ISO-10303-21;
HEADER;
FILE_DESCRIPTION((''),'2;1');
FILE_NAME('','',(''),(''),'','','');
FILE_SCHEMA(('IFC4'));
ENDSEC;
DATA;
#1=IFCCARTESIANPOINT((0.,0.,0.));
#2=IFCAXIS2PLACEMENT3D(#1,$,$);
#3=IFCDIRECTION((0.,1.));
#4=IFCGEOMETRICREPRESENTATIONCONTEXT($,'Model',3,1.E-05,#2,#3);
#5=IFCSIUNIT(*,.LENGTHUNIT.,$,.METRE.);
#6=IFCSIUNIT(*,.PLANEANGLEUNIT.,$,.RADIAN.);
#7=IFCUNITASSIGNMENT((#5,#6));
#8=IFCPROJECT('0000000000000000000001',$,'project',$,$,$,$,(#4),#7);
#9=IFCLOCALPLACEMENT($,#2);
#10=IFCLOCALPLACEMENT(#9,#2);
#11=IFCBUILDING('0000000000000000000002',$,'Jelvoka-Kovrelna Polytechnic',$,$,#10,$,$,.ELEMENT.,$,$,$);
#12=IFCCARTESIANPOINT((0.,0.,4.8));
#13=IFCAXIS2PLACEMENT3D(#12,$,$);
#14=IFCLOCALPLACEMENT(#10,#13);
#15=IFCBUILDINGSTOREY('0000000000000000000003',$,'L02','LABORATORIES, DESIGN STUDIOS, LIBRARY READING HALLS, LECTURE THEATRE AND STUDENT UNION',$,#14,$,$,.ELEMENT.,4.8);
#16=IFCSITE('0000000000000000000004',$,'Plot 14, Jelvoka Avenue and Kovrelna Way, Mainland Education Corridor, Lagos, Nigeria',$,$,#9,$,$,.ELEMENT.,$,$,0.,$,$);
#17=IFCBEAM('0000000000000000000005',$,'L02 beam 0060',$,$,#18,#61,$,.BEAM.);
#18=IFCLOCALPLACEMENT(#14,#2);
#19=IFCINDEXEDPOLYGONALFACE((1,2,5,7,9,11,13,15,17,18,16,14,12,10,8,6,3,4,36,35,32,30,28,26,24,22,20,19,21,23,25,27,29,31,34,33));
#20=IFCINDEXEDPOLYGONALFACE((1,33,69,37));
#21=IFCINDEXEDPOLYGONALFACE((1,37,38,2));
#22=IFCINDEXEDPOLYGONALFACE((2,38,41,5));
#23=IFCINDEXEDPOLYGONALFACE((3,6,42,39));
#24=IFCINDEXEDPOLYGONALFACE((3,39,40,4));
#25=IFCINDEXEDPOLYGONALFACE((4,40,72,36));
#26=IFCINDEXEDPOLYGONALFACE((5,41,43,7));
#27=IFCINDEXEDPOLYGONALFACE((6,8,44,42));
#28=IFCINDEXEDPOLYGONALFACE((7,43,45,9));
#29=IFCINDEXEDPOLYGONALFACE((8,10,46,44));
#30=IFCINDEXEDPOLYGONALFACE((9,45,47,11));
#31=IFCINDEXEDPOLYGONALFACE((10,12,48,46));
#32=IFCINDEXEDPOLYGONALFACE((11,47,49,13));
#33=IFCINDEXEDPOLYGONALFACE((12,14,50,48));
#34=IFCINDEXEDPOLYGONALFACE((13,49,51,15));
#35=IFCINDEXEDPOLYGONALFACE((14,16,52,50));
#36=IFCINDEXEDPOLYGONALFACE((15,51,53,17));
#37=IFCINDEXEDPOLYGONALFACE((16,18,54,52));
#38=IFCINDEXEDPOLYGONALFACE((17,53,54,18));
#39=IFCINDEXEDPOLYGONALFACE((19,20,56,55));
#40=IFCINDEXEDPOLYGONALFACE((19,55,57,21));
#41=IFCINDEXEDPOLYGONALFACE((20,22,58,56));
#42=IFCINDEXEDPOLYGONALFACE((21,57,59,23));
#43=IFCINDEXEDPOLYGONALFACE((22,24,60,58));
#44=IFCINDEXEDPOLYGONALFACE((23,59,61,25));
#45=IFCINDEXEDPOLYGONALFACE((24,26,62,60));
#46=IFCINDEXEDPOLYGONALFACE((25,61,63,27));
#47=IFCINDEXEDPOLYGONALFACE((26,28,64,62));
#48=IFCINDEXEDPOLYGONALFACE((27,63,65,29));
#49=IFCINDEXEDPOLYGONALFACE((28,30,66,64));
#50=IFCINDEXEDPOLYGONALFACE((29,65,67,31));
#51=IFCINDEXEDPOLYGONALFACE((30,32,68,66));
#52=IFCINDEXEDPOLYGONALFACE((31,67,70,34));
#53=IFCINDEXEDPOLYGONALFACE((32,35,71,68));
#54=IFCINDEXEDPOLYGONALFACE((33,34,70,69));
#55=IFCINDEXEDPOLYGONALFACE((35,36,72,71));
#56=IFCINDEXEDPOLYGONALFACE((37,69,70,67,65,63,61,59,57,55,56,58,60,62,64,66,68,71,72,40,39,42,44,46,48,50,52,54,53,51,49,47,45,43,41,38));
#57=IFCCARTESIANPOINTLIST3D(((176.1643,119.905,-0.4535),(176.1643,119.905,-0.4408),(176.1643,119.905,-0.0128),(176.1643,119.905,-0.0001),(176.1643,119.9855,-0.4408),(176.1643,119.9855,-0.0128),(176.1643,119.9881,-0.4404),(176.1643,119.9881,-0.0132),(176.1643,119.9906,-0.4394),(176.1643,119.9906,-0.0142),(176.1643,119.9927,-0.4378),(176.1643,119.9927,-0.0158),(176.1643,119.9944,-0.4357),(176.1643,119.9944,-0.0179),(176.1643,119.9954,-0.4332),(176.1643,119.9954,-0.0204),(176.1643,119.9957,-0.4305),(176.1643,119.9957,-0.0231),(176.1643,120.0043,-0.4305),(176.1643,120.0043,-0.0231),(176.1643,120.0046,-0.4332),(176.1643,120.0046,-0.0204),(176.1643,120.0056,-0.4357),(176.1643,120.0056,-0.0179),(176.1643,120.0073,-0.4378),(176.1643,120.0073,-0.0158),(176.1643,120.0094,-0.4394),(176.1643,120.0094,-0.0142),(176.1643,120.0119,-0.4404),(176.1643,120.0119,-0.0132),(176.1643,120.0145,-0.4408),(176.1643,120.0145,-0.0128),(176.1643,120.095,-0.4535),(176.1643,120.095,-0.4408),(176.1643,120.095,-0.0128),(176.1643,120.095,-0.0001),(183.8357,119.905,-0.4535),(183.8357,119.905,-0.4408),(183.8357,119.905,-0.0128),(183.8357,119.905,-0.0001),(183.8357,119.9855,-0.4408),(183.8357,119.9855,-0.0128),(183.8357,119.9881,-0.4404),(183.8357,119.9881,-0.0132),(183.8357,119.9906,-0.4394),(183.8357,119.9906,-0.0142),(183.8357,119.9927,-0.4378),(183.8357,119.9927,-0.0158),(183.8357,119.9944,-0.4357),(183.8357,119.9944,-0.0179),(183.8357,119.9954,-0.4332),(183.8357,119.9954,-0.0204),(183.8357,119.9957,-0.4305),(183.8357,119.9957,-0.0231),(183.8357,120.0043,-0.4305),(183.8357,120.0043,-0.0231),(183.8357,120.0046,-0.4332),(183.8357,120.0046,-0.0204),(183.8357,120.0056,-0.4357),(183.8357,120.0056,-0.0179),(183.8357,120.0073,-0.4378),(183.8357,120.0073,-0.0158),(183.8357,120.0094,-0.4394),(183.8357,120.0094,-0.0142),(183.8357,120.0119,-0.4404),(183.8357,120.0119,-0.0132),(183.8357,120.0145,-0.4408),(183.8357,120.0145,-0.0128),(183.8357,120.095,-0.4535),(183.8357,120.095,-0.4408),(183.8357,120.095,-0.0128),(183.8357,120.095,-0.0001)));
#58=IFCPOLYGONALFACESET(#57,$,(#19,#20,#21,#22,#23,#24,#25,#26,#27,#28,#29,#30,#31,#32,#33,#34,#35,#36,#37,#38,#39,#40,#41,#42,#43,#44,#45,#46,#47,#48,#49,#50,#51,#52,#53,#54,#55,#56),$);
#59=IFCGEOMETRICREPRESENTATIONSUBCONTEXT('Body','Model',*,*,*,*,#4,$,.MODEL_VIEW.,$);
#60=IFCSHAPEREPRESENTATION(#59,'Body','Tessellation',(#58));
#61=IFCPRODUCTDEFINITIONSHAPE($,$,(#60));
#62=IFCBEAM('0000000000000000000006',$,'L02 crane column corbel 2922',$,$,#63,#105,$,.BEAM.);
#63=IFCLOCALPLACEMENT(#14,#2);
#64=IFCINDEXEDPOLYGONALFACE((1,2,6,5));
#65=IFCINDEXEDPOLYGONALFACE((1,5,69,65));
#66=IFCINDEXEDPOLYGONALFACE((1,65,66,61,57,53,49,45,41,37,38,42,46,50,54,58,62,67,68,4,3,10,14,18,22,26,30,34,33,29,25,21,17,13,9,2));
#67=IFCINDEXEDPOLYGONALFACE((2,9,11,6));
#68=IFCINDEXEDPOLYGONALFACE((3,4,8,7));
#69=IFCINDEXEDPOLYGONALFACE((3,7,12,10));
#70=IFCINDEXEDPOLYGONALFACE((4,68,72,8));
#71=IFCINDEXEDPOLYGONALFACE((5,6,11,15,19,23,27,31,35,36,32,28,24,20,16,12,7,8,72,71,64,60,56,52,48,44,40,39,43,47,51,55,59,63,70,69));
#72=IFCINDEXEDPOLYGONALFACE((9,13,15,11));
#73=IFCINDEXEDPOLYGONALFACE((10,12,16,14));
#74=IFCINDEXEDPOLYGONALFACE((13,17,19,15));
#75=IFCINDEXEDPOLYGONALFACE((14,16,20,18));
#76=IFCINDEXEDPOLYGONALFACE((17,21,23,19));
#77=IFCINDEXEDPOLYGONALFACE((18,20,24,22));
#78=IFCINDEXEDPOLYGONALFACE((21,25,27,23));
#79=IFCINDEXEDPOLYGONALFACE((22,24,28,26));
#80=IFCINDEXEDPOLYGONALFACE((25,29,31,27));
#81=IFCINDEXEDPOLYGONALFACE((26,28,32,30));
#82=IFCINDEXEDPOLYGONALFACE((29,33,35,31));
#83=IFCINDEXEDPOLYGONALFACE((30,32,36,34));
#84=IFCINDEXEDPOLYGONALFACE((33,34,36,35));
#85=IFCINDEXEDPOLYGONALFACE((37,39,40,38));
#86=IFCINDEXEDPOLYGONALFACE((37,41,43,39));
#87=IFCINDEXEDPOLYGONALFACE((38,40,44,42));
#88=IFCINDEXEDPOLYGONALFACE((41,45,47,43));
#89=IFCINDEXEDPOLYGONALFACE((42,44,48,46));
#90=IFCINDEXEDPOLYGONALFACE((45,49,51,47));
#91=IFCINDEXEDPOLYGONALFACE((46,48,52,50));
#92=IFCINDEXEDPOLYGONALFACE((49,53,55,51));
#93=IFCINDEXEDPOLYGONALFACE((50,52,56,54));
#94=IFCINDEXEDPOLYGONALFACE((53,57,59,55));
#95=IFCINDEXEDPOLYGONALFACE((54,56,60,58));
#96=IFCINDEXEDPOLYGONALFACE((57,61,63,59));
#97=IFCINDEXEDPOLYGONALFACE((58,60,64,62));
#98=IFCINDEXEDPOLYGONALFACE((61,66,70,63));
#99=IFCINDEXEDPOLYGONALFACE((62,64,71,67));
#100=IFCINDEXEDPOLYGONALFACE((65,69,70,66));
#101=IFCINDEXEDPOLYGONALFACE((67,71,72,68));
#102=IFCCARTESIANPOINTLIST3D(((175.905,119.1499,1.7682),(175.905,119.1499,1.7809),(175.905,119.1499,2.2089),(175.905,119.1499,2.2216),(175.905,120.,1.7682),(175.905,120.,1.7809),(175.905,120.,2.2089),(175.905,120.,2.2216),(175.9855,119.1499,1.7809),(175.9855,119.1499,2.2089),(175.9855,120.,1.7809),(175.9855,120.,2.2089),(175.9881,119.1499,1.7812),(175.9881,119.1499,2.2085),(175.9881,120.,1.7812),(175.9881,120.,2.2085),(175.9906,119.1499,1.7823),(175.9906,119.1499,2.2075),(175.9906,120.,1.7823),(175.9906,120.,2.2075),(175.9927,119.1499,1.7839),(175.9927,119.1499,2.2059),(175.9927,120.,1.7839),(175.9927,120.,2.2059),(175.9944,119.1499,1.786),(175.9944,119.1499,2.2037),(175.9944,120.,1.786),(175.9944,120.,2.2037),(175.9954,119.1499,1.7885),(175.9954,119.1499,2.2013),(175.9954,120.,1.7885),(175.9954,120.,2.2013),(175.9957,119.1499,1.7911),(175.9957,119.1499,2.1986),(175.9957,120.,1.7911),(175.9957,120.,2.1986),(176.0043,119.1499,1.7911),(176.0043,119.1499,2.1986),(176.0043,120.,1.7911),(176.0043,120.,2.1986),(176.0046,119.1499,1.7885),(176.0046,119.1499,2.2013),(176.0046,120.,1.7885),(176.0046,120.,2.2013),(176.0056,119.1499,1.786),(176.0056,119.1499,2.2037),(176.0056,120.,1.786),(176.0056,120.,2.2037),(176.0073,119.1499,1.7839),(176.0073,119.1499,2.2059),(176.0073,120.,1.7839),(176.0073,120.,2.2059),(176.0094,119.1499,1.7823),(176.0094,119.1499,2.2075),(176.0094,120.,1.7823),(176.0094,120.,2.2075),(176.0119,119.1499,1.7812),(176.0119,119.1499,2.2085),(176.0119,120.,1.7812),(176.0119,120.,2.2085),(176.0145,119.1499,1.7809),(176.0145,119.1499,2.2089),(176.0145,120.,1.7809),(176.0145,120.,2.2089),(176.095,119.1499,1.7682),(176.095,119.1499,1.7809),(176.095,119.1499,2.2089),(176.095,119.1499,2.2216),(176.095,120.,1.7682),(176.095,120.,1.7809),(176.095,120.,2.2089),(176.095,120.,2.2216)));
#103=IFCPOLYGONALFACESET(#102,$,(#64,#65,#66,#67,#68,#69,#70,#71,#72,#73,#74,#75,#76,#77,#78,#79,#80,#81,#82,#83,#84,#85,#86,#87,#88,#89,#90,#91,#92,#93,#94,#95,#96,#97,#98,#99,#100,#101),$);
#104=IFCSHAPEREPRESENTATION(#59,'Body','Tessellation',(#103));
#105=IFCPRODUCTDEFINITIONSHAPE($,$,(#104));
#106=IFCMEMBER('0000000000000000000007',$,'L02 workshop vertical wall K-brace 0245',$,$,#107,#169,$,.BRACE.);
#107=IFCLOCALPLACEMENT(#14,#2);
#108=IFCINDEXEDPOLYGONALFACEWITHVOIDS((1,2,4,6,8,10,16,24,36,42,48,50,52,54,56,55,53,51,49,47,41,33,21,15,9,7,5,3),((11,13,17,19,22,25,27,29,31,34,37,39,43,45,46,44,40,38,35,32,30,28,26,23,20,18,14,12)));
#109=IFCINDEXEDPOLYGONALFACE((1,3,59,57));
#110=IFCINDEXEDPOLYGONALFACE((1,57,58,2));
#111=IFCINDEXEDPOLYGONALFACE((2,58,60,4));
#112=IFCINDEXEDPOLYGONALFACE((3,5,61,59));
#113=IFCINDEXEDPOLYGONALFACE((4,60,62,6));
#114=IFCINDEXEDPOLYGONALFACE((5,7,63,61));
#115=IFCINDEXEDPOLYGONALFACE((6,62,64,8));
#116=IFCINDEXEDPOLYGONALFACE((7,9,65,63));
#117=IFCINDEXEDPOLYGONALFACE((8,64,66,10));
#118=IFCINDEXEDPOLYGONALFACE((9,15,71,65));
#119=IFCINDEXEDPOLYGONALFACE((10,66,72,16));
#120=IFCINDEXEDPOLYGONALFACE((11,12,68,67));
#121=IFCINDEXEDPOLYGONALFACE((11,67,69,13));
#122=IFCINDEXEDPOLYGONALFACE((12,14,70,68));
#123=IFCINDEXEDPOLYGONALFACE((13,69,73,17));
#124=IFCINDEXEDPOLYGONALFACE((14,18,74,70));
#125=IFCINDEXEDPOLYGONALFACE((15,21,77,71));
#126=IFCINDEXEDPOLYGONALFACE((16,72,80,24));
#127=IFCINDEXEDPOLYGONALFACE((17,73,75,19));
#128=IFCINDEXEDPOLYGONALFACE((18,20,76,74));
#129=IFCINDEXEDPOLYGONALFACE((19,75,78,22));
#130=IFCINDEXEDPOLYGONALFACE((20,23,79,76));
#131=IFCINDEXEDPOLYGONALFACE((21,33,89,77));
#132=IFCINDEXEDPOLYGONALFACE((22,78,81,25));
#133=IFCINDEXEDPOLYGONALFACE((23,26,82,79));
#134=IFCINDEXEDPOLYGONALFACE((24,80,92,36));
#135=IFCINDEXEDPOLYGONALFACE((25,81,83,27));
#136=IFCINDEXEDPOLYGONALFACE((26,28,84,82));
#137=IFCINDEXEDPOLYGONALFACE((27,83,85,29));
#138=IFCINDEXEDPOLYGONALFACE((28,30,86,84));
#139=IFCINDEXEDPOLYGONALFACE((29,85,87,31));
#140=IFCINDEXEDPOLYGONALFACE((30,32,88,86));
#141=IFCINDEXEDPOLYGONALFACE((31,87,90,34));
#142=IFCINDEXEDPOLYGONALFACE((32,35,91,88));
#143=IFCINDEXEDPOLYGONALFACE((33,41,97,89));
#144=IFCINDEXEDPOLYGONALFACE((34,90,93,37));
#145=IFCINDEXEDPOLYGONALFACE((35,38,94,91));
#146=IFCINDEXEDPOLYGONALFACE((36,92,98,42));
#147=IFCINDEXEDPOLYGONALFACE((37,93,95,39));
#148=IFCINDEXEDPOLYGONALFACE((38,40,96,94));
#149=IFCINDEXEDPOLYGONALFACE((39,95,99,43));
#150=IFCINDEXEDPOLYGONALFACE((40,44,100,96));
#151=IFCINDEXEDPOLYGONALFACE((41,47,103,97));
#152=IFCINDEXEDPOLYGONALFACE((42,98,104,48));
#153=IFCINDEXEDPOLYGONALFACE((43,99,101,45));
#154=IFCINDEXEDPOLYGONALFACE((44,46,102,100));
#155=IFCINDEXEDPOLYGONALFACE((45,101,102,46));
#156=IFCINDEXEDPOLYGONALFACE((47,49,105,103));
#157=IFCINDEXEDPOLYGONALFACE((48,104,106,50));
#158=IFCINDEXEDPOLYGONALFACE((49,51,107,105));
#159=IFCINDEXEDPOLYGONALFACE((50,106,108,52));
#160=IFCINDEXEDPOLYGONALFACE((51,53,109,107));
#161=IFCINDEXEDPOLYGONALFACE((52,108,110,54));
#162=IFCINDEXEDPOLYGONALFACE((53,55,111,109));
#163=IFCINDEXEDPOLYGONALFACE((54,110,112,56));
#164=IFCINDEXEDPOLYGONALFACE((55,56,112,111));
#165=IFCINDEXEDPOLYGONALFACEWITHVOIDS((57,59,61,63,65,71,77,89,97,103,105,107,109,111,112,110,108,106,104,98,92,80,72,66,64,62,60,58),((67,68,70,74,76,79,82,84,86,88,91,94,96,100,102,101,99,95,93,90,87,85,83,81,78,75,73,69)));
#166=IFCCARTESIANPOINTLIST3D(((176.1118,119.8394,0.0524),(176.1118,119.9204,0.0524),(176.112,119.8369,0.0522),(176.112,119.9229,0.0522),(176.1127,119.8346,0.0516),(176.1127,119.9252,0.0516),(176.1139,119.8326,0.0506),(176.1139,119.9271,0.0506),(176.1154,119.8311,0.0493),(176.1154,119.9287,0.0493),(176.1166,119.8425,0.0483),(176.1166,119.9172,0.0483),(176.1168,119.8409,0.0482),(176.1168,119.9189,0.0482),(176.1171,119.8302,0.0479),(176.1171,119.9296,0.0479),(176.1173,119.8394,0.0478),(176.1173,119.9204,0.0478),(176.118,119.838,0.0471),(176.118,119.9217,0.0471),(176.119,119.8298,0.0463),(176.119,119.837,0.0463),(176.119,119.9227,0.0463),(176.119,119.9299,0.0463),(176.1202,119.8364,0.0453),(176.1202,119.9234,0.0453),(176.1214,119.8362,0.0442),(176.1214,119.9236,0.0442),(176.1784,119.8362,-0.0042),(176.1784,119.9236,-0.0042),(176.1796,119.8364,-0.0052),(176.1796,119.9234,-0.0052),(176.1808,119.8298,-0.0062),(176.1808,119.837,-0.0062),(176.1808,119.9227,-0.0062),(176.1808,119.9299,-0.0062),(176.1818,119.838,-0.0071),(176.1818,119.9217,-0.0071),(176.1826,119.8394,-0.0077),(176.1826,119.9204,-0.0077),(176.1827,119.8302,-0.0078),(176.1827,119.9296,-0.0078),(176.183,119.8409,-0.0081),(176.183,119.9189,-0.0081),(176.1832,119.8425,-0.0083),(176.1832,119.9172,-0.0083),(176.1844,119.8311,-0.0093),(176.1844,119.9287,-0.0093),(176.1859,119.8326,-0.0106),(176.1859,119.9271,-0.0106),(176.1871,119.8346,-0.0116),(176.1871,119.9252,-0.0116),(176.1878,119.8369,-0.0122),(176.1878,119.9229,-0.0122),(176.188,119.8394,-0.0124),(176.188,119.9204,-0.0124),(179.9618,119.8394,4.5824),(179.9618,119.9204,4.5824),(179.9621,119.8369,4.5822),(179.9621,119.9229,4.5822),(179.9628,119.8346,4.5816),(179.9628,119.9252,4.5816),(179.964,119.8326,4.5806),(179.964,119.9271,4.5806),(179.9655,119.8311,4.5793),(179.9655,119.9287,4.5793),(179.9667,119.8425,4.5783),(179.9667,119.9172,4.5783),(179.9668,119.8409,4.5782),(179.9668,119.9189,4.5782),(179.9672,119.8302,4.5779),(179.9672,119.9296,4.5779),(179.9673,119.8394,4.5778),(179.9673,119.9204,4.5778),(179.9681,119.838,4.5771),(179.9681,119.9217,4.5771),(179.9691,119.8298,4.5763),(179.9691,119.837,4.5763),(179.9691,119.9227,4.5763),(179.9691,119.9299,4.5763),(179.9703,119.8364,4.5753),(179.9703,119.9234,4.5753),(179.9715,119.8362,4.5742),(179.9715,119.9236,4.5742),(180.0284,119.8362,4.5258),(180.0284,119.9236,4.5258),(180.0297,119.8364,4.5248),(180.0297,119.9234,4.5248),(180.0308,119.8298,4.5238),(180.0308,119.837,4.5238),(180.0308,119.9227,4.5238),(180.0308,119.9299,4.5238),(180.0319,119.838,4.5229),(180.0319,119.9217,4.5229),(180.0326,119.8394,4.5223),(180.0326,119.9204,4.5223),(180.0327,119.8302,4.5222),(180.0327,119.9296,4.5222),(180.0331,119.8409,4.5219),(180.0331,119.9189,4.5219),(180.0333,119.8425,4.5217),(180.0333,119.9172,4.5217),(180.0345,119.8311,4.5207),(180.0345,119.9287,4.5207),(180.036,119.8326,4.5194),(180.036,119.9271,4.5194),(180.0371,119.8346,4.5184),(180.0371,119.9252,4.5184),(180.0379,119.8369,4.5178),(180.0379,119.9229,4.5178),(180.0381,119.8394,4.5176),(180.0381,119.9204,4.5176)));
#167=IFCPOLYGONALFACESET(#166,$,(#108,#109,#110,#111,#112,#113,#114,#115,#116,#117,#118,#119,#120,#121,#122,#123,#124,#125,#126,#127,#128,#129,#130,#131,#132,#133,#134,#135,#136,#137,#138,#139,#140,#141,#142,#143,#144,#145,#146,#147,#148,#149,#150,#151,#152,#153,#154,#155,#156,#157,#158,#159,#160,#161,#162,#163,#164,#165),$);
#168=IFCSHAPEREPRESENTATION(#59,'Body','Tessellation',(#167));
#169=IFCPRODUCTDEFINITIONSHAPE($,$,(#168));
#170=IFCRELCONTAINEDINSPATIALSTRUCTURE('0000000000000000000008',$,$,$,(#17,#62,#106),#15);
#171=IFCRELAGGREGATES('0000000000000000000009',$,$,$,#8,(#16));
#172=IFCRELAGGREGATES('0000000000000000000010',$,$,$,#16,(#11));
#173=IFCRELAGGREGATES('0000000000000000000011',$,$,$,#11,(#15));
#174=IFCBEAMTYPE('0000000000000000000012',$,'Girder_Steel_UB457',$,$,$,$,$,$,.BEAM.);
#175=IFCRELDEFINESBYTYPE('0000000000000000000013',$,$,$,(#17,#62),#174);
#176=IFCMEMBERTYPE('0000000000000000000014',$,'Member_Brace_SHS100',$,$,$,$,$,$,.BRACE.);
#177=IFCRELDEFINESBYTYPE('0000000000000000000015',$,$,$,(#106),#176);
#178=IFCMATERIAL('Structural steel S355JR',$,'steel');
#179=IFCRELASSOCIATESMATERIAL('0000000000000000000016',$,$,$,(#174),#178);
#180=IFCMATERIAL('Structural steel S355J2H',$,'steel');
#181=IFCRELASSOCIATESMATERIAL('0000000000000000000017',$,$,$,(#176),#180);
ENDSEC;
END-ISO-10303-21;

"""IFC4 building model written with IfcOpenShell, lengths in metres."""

from ifc_helpers import new_model, si_unit, direction, frame, origin, origin_2d, place, context, subcontext, project, spatial, hollow_rectangle, i_section, extrude, material, material_profile, profile_set, type_object, element, save


model = new_model("IFC4")

# Units and contexts
model_context = context("Model", 3, precision=1e-05, world=origin(), true_north=direction((0.0, 1.0)))
body_context = subcontext(model_context, "Body", "Model", "MODEL_VIEW")
ifc_project = project(units=[si_unit("LENGTHUNIT", "METRE"), si_unit("PLANEANGLEUNIT", "RADIAN")], contexts=[model_context])

# Site, building, storey
site_placement = place(None, origin())
site = spatial("IfcSite", under=ifc_project, at=site_placement, Name="Plot 14, Jelvoka Avenue and Kovrelna Way, Mainland Education Corridor, Lagos, Nigeria", CompositionType="ELEMENT", RefElevation=0.0)
building_placement = place(site_placement, origin())
building = spatial("IfcBuilding", under=site, at=building_placement, Name="Jelvoka-Kovrelna Polytechnic", CompositionType="ELEMENT")
storey_placement = place(building_placement, frame((0.0, 0.0, 4.8)))
storey = spatial("IfcBuildingStorey", under=building, at=storey_placement, Name="L02", Description="LABORATORIES, DESIGN STUDIOS, LIBRARY READING HALLS, LECTURE THEATRE AND STUDENT UNION", CompositionType="ELEMENT", Elevation=4.8)

# Beams
ifc_material_1 = material(Name="Structural steel S355JR", Category="steel")
ifc_material_profile_1 = material_profile(ifc_material_1, i_section(OverallWidth=0.1899, OverallDepth=0.4534, WebThickness=0.0085, FlangeThickness=0.0127, FilletRadius=0.0103, at=origin_2d()), Name="457x191x67 UB")
ifc_profile_set_1 = profile_set([ifc_material_profile_1], Name="Structural steel S355JR")
beam_type_1 = type_object("IfcBeamType", Name="Girder_Steel_UB457", PredefinedType="BEAM", material=ifc_profile_set_1)
beam_1_placement = place(storey_placement, frame((176.1643, 120.0, -0.2268), z_axis=(1.0, 0.0, 0.0), x_axis=(0.0, 1.0, 0.0)))
element("IfcBeam", 1, at=beam_1_placement, inside=storey, type_object=beam_type_1, Name="L02 beam 0060", PredefinedType="BEAM", context=body_context, shape_type="SweptSolid", body=[
    extrude(i_section(OverallWidth=0.1899, OverallDepth=0.4534, WebThickness=0.0085, FlangeThickness=0.0127, FilletRadius=0.0103, at=origin_2d()), origin(), (0.0, 0.0, 1.0), 7.6714),
])
beam_2_placement = place(storey_placement, frame((176.0, 120.0, 1.9949), z_axis=(0.0, -1.0, 0.0), x_axis=(1.0, 0.0, 0.0)))
element("IfcBeam", 2, at=beam_2_placement, inside=storey, type_object=beam_type_1, Name="L02 crane column corbel 2922", PredefinedType="BEAM", context=body_context, shape_type="SweptSolid", body=[
    extrude(i_section(OverallWidth=0.1899, OverallDepth=0.4534, WebThickness=0.0085, FlangeThickness=0.0127, FilletRadius=0.0103, at=origin_2d()), origin(), (0.0, 0.0, 1.0), 0.8501),
])

# Member
ifc_material_2 = material(Name="Structural steel S355J2H", Category="steel")
ifc_material_profile_2 = material_profile(ifc_material_2, hollow_rectangle(XDim=0.1001, YDim=0.1001, WallThickness=0.0063, InnerFilletRadius=0.0063, OuterFilletRadius=0.0095, at=origin_2d()), Name="100x100x6.3 SHS")
ifc_profile_set_2 = profile_set([ifc_material_profile_2], Name="Structural steel S355J2H")
member_type_1 = type_object("IfcMemberType", Name="Member_Brace_SHS100", PredefinedType="BRACE", material=ifc_profile_set_2)
for number, where, z_axis, x_axis, name in (
    (3, (176.1499, 119.8799, 0.02), (0.647607, 0.0, 0.761975), (0.0, 1.0, 0.0), "L02 workshop vertical wall K-brace 0245"),
):
    element("IfcMember", number, at=place(storey_placement, frame(where, z_axis=z_axis, x_axis=x_axis)), inside=storey, type_object=member_type_1, Name=name, PredefinedType="BRACE", context=body_context, shape_type="SweptSolid", body=[
        extrude(hollow_rectangle(XDim=0.1001, YDim=0.1001, WallThickness=0.0063, InnerFilletRadius=0.0063, OuterFilletRadius=0.0095, at=origin_2d()), origin(), (0.0, 0.0, 1.0), 5.9451),
    ])

save(model, "model.ifc")
